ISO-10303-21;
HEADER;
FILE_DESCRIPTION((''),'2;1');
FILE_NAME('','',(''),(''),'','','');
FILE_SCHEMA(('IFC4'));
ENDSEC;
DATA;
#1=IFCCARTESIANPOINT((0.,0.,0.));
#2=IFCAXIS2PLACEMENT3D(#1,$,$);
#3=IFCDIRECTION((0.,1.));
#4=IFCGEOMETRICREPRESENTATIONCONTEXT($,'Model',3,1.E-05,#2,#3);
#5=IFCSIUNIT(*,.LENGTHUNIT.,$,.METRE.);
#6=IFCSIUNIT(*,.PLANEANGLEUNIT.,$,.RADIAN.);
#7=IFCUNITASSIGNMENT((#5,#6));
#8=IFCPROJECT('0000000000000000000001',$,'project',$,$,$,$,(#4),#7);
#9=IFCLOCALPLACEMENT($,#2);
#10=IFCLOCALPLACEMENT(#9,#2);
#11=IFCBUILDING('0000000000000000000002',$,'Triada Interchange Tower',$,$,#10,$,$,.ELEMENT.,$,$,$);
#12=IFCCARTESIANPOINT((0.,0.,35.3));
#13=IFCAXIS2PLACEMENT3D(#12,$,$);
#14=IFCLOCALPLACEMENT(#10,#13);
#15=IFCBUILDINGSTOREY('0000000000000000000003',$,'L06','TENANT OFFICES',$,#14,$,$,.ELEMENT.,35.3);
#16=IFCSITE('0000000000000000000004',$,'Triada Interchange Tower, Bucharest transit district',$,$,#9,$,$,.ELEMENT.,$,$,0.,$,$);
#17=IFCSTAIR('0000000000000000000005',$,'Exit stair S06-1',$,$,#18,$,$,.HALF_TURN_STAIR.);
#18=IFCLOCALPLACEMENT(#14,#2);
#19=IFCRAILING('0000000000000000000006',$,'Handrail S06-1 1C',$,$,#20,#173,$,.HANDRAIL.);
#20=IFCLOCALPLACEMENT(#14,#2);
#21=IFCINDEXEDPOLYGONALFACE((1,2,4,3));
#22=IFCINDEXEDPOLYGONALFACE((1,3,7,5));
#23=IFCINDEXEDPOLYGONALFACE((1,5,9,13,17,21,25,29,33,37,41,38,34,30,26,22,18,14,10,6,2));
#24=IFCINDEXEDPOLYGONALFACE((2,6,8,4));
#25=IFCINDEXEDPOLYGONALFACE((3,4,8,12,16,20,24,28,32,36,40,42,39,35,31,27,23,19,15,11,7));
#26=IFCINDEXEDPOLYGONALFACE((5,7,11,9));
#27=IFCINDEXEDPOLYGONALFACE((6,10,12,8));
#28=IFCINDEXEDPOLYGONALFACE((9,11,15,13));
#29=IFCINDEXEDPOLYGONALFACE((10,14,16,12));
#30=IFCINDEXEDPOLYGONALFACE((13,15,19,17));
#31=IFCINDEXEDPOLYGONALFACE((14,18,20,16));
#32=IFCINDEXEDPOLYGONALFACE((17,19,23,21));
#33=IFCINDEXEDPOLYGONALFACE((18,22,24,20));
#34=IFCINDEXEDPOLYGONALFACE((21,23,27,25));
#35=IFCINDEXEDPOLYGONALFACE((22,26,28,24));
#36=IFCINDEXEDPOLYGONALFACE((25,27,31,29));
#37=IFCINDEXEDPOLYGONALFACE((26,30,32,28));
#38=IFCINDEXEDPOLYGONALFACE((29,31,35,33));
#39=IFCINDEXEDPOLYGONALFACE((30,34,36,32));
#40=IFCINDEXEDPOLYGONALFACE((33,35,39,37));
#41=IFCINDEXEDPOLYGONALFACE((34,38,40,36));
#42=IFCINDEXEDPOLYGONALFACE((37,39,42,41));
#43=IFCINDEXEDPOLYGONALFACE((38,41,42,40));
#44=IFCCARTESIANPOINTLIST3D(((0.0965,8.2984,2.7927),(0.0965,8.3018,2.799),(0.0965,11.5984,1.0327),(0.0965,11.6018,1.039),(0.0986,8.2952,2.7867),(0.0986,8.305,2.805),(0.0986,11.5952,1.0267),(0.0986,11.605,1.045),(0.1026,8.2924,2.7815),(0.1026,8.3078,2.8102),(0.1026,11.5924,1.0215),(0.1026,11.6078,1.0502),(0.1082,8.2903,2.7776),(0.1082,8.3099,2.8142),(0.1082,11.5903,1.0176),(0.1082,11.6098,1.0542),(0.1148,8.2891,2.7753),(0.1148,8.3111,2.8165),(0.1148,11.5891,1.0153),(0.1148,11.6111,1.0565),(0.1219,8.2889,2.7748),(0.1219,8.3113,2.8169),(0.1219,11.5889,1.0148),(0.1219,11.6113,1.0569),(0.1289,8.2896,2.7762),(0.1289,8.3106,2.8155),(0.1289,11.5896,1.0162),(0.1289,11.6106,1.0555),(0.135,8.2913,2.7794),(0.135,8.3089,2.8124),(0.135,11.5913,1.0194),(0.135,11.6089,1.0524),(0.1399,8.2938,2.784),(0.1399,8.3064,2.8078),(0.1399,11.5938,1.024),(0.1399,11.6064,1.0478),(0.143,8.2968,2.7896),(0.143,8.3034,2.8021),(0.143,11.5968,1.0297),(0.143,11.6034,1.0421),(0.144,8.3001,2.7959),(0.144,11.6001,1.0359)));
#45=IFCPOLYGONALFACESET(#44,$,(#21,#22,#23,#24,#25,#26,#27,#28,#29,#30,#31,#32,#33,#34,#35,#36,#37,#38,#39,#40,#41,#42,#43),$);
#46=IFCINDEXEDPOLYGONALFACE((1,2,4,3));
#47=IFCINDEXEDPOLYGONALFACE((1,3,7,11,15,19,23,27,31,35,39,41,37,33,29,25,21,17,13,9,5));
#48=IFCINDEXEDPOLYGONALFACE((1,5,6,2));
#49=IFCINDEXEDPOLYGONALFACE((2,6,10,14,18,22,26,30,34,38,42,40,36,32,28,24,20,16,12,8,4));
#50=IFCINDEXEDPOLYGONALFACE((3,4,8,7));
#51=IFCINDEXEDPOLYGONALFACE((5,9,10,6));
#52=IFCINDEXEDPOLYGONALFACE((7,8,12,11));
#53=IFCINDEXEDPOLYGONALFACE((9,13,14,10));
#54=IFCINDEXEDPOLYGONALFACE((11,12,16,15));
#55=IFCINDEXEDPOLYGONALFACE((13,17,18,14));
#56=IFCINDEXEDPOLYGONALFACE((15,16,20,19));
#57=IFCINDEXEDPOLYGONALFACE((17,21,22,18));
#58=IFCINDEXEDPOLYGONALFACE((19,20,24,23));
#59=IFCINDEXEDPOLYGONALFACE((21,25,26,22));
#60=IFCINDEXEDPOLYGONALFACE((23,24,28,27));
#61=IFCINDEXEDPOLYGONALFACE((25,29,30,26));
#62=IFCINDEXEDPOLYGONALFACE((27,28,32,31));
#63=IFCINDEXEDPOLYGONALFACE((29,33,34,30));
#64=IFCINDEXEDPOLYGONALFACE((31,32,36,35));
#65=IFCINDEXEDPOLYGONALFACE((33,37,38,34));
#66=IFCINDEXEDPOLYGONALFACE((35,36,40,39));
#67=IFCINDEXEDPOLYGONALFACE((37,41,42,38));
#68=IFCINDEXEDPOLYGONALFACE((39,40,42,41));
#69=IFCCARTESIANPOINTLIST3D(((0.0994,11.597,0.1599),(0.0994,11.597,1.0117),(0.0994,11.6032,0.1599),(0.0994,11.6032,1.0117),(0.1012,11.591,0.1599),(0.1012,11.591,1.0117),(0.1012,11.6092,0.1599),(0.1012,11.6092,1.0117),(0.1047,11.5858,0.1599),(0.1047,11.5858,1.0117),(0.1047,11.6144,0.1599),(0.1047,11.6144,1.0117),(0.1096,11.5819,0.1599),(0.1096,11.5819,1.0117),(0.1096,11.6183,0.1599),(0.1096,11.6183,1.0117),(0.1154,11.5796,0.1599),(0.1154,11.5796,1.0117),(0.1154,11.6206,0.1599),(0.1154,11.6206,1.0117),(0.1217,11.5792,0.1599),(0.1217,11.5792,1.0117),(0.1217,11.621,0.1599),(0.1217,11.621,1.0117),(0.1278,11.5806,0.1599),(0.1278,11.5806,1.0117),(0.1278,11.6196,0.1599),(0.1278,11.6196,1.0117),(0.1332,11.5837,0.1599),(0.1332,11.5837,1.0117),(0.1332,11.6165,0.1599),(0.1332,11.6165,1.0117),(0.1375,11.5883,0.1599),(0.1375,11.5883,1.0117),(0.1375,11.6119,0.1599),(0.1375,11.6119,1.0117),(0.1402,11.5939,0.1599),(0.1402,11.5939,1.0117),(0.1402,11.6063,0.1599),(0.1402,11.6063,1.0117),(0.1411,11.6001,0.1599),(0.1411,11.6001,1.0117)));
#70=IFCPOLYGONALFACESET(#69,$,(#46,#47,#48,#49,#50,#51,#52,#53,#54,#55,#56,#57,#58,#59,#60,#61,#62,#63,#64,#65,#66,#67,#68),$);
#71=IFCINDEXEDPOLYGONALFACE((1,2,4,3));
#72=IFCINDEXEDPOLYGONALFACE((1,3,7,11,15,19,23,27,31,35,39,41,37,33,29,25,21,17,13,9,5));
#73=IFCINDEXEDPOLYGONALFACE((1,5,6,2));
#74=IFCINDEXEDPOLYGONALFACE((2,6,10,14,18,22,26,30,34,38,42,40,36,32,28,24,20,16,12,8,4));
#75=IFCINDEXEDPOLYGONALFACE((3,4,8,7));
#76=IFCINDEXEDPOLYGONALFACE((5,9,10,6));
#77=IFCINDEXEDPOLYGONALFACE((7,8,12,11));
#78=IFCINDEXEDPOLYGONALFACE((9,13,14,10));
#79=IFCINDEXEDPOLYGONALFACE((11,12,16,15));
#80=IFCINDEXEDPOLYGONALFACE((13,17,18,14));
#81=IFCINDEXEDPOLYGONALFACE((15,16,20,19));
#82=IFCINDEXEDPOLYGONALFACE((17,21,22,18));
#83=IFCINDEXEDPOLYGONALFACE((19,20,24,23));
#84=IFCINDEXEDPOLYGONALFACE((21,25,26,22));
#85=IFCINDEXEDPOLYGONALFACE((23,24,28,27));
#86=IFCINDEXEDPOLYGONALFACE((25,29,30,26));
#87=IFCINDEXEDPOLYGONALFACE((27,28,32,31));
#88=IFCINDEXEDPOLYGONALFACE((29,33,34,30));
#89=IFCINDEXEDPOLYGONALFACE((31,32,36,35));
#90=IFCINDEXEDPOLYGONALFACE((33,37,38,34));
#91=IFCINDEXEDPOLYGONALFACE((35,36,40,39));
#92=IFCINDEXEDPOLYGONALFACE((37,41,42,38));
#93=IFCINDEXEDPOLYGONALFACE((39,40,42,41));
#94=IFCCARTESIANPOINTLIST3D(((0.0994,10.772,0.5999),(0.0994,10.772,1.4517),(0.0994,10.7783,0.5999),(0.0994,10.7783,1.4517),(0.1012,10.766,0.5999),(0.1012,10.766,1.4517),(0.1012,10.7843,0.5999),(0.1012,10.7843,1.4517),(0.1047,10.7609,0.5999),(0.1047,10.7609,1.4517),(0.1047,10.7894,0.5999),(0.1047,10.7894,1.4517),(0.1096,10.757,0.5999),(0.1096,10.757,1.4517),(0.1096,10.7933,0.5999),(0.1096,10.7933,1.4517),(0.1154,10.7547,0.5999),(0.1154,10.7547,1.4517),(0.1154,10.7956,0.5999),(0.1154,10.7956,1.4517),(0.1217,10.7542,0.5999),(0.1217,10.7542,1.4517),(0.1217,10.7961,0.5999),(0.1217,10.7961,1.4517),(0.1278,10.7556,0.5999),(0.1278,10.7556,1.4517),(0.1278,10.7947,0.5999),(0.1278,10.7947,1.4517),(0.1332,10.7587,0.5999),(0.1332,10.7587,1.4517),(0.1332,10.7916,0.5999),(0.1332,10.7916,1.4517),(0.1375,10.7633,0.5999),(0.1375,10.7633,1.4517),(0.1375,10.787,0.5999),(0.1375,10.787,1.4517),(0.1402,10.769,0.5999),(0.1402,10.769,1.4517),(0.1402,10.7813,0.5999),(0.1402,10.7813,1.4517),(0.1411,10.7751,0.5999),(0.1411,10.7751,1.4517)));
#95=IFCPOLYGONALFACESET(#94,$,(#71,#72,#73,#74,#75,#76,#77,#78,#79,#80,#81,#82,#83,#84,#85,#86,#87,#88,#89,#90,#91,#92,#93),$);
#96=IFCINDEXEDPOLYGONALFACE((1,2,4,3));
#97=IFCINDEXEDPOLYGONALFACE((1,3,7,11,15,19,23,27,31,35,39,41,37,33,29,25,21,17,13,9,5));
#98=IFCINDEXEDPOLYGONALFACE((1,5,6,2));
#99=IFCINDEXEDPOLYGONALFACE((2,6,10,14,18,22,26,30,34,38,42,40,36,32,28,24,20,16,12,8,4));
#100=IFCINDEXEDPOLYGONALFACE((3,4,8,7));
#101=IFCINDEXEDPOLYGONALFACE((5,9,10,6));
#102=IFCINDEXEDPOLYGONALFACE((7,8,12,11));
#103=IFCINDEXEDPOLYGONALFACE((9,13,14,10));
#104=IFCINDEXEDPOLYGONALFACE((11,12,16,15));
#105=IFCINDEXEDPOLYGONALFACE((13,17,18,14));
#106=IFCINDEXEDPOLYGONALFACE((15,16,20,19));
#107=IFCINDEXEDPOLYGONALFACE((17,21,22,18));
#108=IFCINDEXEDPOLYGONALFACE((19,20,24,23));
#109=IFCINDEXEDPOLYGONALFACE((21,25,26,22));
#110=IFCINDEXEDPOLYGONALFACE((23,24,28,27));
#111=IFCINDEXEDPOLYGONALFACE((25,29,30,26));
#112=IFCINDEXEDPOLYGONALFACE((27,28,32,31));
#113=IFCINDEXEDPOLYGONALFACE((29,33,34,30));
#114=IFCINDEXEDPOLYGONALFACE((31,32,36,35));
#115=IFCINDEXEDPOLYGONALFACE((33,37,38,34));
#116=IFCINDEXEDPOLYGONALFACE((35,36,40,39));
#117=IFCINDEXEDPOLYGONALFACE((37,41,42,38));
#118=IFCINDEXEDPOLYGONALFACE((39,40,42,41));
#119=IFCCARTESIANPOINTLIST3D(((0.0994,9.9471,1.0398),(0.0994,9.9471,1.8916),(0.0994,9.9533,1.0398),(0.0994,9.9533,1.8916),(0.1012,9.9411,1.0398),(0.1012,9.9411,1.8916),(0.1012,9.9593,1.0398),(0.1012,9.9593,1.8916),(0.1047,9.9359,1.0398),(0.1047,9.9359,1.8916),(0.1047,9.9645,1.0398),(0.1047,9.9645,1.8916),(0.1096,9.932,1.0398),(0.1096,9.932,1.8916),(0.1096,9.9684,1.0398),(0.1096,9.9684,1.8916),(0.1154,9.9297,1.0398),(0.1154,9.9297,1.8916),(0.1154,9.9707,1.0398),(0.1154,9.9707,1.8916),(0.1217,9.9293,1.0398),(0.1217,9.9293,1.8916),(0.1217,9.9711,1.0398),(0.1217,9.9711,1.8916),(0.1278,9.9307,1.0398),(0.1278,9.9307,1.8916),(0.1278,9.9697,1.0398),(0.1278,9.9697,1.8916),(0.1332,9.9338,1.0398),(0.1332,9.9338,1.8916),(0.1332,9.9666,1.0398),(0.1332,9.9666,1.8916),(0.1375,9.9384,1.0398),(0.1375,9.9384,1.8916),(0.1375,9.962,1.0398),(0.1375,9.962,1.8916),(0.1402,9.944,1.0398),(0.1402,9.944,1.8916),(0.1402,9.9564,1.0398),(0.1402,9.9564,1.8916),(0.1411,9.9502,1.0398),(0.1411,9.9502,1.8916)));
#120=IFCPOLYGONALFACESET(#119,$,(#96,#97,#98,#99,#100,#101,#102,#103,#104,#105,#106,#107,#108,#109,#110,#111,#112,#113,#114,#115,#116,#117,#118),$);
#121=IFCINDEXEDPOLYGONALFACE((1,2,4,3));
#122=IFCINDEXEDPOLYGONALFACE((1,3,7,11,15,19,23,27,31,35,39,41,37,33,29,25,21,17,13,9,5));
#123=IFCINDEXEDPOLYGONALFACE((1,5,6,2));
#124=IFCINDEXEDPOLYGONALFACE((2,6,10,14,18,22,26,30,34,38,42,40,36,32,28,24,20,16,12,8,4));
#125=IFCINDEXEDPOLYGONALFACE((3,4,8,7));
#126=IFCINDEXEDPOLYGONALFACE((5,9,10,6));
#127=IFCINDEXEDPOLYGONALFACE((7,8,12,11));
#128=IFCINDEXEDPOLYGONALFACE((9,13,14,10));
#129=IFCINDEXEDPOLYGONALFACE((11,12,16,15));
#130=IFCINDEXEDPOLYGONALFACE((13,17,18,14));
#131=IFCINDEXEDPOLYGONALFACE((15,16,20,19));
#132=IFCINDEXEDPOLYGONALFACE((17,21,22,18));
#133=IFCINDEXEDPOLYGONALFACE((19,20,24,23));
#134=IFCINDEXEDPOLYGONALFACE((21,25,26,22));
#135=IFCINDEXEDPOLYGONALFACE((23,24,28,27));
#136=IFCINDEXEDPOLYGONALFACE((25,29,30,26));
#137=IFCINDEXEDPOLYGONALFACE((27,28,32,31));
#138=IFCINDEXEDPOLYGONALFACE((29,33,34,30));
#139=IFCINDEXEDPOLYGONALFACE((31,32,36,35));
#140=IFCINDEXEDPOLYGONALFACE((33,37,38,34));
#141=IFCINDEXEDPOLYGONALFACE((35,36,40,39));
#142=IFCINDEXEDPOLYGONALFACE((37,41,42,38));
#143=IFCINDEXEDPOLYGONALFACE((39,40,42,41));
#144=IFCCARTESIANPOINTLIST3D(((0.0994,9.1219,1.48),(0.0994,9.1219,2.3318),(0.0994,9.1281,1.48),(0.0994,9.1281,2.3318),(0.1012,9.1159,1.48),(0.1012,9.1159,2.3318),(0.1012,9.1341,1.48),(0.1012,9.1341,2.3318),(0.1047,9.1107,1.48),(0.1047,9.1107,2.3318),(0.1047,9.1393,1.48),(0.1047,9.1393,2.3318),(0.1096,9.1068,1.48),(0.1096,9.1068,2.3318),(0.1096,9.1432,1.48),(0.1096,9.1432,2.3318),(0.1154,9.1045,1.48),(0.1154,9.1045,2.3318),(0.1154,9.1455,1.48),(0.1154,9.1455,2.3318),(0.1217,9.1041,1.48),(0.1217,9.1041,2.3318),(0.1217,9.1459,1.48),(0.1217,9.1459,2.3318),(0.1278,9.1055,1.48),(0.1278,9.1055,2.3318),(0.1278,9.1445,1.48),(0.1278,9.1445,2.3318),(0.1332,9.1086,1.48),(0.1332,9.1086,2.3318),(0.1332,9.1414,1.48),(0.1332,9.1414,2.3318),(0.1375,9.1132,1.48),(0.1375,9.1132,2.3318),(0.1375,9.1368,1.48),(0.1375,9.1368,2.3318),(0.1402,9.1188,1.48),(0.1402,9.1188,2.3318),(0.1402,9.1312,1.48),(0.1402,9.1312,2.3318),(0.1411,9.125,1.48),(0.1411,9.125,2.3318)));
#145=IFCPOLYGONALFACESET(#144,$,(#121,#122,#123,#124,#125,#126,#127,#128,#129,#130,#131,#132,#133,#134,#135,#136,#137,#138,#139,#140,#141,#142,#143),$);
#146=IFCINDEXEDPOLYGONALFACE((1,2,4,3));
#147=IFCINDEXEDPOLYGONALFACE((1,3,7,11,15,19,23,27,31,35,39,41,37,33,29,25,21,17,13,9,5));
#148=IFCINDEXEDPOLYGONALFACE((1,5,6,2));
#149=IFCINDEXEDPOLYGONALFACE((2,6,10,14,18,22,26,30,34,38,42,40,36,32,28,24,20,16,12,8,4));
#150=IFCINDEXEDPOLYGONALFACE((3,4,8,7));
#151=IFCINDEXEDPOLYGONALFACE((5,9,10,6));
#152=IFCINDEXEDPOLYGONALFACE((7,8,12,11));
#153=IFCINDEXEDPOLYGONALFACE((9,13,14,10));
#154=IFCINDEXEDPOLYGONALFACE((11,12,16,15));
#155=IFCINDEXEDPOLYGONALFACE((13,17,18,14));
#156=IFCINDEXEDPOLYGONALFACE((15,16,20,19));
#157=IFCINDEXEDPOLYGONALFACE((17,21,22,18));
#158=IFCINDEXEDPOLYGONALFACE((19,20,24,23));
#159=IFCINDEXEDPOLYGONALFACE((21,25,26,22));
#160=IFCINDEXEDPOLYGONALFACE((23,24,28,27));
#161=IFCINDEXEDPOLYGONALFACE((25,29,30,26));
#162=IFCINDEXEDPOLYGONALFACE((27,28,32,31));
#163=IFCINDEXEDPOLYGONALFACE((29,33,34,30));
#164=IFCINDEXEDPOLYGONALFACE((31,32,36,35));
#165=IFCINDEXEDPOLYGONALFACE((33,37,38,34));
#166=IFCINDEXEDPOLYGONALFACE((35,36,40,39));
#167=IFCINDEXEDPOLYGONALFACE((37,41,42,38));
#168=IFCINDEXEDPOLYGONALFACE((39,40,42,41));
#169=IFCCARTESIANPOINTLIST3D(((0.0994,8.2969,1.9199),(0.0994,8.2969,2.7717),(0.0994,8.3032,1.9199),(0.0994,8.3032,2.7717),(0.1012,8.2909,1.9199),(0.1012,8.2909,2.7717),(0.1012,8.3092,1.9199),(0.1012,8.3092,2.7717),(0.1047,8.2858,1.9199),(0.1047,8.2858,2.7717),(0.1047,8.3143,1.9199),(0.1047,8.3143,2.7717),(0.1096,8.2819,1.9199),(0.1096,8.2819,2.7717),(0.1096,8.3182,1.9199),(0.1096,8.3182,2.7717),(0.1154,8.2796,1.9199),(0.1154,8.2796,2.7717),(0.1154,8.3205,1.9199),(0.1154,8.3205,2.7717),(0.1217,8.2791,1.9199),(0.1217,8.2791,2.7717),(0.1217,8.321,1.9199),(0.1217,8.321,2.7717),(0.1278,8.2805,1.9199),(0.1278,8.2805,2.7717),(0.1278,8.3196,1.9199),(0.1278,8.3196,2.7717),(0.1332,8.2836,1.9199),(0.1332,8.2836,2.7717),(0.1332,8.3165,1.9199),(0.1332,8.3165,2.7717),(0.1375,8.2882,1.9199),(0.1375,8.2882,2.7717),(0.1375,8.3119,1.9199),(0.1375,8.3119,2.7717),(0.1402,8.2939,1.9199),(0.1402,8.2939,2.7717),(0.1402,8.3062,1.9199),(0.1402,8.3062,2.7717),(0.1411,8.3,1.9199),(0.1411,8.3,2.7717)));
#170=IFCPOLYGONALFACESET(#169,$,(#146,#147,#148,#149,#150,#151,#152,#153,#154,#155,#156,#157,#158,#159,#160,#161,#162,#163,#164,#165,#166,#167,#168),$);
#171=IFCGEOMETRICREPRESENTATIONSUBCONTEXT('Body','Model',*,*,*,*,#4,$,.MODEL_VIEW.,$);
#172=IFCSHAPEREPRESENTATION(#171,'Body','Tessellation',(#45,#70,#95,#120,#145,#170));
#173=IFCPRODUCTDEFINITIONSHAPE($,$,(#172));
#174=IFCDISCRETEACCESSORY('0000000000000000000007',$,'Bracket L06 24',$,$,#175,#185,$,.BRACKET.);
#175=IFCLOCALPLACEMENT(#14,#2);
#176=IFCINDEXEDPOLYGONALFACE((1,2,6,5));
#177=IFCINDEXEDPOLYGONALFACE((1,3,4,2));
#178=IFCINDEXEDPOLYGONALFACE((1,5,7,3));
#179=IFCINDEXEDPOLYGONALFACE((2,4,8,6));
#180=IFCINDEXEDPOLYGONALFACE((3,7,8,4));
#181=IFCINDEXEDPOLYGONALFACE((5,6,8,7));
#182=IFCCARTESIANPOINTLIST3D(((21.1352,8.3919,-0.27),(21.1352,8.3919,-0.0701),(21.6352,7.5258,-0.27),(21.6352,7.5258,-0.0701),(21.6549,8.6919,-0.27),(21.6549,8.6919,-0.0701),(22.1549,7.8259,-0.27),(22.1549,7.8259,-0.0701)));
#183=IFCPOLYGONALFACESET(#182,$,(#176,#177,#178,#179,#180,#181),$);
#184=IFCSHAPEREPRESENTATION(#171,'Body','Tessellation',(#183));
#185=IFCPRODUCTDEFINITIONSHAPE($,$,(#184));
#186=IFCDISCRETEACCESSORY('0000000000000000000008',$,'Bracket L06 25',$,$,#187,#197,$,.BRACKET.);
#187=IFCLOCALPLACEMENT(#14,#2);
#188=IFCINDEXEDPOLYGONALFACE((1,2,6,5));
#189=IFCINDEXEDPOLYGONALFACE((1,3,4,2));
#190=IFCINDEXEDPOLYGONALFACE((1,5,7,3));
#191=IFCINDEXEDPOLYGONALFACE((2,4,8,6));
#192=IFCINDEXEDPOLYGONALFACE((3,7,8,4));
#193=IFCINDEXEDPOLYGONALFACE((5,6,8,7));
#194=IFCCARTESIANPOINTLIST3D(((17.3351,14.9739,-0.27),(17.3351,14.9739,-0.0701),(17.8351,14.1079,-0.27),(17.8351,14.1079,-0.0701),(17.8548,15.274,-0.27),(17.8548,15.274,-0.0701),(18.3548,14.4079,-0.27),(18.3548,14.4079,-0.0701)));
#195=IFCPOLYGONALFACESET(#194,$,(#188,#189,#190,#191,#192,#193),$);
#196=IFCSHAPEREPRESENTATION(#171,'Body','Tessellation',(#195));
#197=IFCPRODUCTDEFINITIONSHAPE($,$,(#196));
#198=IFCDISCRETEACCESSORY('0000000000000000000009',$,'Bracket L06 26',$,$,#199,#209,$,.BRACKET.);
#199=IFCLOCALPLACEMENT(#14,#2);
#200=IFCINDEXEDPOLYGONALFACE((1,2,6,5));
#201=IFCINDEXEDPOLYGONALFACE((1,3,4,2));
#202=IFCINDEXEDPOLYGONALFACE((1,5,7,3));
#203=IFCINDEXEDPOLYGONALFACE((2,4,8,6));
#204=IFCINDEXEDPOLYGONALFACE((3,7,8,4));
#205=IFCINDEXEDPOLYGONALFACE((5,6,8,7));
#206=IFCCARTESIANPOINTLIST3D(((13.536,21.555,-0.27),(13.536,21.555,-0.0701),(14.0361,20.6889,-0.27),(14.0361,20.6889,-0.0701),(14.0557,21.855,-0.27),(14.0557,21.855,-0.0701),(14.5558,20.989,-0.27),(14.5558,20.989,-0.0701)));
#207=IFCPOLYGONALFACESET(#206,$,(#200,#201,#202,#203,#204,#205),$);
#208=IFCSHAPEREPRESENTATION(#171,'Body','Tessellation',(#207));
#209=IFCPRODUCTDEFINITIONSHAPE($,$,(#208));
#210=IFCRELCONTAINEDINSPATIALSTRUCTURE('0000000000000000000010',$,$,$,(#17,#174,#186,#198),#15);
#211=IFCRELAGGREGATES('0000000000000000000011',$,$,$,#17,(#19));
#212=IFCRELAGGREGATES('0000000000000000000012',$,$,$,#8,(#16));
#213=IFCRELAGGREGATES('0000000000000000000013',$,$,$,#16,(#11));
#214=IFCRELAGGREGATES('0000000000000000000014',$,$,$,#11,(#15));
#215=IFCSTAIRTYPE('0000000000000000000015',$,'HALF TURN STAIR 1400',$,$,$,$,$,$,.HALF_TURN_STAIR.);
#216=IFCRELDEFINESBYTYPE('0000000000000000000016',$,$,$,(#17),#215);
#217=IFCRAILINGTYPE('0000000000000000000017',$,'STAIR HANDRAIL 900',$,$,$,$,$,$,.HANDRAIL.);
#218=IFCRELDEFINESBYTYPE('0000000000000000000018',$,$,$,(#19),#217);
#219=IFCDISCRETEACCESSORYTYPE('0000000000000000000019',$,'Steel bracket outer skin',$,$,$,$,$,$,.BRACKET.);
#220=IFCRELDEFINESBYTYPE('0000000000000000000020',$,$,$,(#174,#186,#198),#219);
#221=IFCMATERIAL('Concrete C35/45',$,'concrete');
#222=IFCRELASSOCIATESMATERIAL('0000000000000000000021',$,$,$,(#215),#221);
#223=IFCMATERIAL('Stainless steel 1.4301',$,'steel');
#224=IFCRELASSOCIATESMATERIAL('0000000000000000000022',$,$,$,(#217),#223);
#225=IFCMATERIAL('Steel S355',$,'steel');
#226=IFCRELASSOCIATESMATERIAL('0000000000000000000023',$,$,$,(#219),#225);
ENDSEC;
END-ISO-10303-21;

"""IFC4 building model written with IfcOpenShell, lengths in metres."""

from ifc_helpers import new_model, si_unit, direction, frame, origin, origin_2d, place, context, subcontext, project, spatial, rectangle, circle, extrude, material, type_object, element, aggregate, save


model = new_model("IFC4")

# Units and contexts
model_context = context("Model", 3, precision=1e-05, world=origin(), true_north=direction((0.0, 1.0)))
body_context = subcontext(model_context, "Body", "Model", "MODEL_VIEW")
ifc_project = project(units=[si_unit("LENGTHUNIT", "METRE"), si_unit("PLANEANGLEUNIT", "RADIAN")], contexts=[model_context])

# Site, building, storey
site_placement = place(None, origin())
site = spatial("IfcSite", under=ifc_project, at=site_placement, Name="Triada Interchange Tower, Bucharest transit district", CompositionType="ELEMENT", RefElevation=0.0)
building_placement = place(site_placement, origin())
building = spatial("IfcBuilding", under=site, at=building_placement, Name="Triada Interchange Tower", CompositionType="ELEMENT")
storey_placement = place(building_placement, frame((0.0, 0.0, 35.3)))
storey = spatial("IfcBuildingStorey", under=building, at=storey_placement, Name="L06", Description="TENANT OFFICES", CompositionType="ELEMENT", Elevation=35.3)

# Stair
ifc_material_1 = material(Name="Concrete C35/45", Category="concrete")
stair_type = type_object("IfcStairType", Name="HALF TURN STAIR 1400", PredefinedType="HALF_TURN_STAIR", material=ifc_material_1)
stair_placement = place(storey_placement, origin())
stair = element("IfcStair", 1, at=stair_placement, inside=storey, type_object=stair_type, Name="Exit stair S06-1", PredefinedType="HALF_TURN_STAIR")

# Railing
ifc_material_2 = material(Name="Stainless steel 1.4301", Category="steel")
railing_type = type_object("IfcRailingType", Name="STAIR HANDRAIL 900", PredefinedType="HANDRAIL", material=ifc_material_2)
railing_1_placement = place(storey_placement, frame((0.1201, 11.6001, 0.1599)))
railing_1 = element("IfcRailing", 2, at=railing_1_placement, type_object=railing_type, Name="Handrail S06-1 1C", PredefinedType="HANDRAIL", context=body_context, shape_type="SweptSolid", body=[
    extrude(circle(Radius=0.0239, at=origin_2d()), frame((0.0, 0.0, 0.876), z_axis=(0.0, -0.882355, 0.470585), x_axis=(1.0, 0.0, 0.0)), (0.0, 0.0, 1.0), 3.74),
    extrude(circle(Radius=0.021, at=origin_2d()), origin(), (0.0, 0.0, 1.0), 0.8518),
    extrude(circle(Radius=0.021, at=origin_2d()), frame((0.0, -0.825, 0.4399)), (0.0, 0.0, 1.0), 0.8518),
    extrude(circle(Radius=0.021, at=origin_2d()), frame((0.0, -1.6499, 0.8799)), (0.0, 0.0, 1.0), 0.8518),
    extrude(circle(Radius=0.021, at=origin_2d()), frame((0.0, -2.4751, 1.3201)), (0.0, 0.0, 1.0), 0.8518),
    extrude(circle(Radius=0.021, at=origin_2d()), frame((0.0, -3.3, 1.76)), (0.0, 0.0, 1.0), 0.8518),
])
aggregate(stair, [railing_1])

# Discrete accessories
ifc_material_3 = material(Name="Steel S355", Category="steel")
discrete_accessory_type = type_object("IfcDiscreteAccessoryType", Name="Steel bracket outer skin", PredefinedType="BRACKET", material=ifc_material_3)
for number, where, z_axis, x_axis, name in (
    (3, (21.645, 8.1089, -0.27), (0.0, 0.0, 1.0), (0.866021, 0.500008, 0.0), "Bracket L06 24"),
    (4, (17.845, 14.6909, -0.27), (0.0, 0.0, 1.0), (0.866021, 0.500008, 0.0), "Bracket L06 25"),
    (5, (14.0459, 21.272, -0.27), (0.0, 0.0, 1.0), (0.866021, 0.500008, 0.0), "Bracket L06 26"),
):
    element("IfcDiscreteAccessory", number, at=place(storey_placement, frame(where, z_axis=z_axis, x_axis=x_axis)), inside=storey, type_object=discrete_accessory_type, Name=name, PredefinedType="BRACKET", context=body_context, shape_type="SweptSolid", body=[
        extrude(rectangle(XDim=0.6001, YDim=1.0, at=origin_2d()), origin(), (0.0, 0.0, 1.0), 0.2),
    ])

save(model, "model.ifc")
